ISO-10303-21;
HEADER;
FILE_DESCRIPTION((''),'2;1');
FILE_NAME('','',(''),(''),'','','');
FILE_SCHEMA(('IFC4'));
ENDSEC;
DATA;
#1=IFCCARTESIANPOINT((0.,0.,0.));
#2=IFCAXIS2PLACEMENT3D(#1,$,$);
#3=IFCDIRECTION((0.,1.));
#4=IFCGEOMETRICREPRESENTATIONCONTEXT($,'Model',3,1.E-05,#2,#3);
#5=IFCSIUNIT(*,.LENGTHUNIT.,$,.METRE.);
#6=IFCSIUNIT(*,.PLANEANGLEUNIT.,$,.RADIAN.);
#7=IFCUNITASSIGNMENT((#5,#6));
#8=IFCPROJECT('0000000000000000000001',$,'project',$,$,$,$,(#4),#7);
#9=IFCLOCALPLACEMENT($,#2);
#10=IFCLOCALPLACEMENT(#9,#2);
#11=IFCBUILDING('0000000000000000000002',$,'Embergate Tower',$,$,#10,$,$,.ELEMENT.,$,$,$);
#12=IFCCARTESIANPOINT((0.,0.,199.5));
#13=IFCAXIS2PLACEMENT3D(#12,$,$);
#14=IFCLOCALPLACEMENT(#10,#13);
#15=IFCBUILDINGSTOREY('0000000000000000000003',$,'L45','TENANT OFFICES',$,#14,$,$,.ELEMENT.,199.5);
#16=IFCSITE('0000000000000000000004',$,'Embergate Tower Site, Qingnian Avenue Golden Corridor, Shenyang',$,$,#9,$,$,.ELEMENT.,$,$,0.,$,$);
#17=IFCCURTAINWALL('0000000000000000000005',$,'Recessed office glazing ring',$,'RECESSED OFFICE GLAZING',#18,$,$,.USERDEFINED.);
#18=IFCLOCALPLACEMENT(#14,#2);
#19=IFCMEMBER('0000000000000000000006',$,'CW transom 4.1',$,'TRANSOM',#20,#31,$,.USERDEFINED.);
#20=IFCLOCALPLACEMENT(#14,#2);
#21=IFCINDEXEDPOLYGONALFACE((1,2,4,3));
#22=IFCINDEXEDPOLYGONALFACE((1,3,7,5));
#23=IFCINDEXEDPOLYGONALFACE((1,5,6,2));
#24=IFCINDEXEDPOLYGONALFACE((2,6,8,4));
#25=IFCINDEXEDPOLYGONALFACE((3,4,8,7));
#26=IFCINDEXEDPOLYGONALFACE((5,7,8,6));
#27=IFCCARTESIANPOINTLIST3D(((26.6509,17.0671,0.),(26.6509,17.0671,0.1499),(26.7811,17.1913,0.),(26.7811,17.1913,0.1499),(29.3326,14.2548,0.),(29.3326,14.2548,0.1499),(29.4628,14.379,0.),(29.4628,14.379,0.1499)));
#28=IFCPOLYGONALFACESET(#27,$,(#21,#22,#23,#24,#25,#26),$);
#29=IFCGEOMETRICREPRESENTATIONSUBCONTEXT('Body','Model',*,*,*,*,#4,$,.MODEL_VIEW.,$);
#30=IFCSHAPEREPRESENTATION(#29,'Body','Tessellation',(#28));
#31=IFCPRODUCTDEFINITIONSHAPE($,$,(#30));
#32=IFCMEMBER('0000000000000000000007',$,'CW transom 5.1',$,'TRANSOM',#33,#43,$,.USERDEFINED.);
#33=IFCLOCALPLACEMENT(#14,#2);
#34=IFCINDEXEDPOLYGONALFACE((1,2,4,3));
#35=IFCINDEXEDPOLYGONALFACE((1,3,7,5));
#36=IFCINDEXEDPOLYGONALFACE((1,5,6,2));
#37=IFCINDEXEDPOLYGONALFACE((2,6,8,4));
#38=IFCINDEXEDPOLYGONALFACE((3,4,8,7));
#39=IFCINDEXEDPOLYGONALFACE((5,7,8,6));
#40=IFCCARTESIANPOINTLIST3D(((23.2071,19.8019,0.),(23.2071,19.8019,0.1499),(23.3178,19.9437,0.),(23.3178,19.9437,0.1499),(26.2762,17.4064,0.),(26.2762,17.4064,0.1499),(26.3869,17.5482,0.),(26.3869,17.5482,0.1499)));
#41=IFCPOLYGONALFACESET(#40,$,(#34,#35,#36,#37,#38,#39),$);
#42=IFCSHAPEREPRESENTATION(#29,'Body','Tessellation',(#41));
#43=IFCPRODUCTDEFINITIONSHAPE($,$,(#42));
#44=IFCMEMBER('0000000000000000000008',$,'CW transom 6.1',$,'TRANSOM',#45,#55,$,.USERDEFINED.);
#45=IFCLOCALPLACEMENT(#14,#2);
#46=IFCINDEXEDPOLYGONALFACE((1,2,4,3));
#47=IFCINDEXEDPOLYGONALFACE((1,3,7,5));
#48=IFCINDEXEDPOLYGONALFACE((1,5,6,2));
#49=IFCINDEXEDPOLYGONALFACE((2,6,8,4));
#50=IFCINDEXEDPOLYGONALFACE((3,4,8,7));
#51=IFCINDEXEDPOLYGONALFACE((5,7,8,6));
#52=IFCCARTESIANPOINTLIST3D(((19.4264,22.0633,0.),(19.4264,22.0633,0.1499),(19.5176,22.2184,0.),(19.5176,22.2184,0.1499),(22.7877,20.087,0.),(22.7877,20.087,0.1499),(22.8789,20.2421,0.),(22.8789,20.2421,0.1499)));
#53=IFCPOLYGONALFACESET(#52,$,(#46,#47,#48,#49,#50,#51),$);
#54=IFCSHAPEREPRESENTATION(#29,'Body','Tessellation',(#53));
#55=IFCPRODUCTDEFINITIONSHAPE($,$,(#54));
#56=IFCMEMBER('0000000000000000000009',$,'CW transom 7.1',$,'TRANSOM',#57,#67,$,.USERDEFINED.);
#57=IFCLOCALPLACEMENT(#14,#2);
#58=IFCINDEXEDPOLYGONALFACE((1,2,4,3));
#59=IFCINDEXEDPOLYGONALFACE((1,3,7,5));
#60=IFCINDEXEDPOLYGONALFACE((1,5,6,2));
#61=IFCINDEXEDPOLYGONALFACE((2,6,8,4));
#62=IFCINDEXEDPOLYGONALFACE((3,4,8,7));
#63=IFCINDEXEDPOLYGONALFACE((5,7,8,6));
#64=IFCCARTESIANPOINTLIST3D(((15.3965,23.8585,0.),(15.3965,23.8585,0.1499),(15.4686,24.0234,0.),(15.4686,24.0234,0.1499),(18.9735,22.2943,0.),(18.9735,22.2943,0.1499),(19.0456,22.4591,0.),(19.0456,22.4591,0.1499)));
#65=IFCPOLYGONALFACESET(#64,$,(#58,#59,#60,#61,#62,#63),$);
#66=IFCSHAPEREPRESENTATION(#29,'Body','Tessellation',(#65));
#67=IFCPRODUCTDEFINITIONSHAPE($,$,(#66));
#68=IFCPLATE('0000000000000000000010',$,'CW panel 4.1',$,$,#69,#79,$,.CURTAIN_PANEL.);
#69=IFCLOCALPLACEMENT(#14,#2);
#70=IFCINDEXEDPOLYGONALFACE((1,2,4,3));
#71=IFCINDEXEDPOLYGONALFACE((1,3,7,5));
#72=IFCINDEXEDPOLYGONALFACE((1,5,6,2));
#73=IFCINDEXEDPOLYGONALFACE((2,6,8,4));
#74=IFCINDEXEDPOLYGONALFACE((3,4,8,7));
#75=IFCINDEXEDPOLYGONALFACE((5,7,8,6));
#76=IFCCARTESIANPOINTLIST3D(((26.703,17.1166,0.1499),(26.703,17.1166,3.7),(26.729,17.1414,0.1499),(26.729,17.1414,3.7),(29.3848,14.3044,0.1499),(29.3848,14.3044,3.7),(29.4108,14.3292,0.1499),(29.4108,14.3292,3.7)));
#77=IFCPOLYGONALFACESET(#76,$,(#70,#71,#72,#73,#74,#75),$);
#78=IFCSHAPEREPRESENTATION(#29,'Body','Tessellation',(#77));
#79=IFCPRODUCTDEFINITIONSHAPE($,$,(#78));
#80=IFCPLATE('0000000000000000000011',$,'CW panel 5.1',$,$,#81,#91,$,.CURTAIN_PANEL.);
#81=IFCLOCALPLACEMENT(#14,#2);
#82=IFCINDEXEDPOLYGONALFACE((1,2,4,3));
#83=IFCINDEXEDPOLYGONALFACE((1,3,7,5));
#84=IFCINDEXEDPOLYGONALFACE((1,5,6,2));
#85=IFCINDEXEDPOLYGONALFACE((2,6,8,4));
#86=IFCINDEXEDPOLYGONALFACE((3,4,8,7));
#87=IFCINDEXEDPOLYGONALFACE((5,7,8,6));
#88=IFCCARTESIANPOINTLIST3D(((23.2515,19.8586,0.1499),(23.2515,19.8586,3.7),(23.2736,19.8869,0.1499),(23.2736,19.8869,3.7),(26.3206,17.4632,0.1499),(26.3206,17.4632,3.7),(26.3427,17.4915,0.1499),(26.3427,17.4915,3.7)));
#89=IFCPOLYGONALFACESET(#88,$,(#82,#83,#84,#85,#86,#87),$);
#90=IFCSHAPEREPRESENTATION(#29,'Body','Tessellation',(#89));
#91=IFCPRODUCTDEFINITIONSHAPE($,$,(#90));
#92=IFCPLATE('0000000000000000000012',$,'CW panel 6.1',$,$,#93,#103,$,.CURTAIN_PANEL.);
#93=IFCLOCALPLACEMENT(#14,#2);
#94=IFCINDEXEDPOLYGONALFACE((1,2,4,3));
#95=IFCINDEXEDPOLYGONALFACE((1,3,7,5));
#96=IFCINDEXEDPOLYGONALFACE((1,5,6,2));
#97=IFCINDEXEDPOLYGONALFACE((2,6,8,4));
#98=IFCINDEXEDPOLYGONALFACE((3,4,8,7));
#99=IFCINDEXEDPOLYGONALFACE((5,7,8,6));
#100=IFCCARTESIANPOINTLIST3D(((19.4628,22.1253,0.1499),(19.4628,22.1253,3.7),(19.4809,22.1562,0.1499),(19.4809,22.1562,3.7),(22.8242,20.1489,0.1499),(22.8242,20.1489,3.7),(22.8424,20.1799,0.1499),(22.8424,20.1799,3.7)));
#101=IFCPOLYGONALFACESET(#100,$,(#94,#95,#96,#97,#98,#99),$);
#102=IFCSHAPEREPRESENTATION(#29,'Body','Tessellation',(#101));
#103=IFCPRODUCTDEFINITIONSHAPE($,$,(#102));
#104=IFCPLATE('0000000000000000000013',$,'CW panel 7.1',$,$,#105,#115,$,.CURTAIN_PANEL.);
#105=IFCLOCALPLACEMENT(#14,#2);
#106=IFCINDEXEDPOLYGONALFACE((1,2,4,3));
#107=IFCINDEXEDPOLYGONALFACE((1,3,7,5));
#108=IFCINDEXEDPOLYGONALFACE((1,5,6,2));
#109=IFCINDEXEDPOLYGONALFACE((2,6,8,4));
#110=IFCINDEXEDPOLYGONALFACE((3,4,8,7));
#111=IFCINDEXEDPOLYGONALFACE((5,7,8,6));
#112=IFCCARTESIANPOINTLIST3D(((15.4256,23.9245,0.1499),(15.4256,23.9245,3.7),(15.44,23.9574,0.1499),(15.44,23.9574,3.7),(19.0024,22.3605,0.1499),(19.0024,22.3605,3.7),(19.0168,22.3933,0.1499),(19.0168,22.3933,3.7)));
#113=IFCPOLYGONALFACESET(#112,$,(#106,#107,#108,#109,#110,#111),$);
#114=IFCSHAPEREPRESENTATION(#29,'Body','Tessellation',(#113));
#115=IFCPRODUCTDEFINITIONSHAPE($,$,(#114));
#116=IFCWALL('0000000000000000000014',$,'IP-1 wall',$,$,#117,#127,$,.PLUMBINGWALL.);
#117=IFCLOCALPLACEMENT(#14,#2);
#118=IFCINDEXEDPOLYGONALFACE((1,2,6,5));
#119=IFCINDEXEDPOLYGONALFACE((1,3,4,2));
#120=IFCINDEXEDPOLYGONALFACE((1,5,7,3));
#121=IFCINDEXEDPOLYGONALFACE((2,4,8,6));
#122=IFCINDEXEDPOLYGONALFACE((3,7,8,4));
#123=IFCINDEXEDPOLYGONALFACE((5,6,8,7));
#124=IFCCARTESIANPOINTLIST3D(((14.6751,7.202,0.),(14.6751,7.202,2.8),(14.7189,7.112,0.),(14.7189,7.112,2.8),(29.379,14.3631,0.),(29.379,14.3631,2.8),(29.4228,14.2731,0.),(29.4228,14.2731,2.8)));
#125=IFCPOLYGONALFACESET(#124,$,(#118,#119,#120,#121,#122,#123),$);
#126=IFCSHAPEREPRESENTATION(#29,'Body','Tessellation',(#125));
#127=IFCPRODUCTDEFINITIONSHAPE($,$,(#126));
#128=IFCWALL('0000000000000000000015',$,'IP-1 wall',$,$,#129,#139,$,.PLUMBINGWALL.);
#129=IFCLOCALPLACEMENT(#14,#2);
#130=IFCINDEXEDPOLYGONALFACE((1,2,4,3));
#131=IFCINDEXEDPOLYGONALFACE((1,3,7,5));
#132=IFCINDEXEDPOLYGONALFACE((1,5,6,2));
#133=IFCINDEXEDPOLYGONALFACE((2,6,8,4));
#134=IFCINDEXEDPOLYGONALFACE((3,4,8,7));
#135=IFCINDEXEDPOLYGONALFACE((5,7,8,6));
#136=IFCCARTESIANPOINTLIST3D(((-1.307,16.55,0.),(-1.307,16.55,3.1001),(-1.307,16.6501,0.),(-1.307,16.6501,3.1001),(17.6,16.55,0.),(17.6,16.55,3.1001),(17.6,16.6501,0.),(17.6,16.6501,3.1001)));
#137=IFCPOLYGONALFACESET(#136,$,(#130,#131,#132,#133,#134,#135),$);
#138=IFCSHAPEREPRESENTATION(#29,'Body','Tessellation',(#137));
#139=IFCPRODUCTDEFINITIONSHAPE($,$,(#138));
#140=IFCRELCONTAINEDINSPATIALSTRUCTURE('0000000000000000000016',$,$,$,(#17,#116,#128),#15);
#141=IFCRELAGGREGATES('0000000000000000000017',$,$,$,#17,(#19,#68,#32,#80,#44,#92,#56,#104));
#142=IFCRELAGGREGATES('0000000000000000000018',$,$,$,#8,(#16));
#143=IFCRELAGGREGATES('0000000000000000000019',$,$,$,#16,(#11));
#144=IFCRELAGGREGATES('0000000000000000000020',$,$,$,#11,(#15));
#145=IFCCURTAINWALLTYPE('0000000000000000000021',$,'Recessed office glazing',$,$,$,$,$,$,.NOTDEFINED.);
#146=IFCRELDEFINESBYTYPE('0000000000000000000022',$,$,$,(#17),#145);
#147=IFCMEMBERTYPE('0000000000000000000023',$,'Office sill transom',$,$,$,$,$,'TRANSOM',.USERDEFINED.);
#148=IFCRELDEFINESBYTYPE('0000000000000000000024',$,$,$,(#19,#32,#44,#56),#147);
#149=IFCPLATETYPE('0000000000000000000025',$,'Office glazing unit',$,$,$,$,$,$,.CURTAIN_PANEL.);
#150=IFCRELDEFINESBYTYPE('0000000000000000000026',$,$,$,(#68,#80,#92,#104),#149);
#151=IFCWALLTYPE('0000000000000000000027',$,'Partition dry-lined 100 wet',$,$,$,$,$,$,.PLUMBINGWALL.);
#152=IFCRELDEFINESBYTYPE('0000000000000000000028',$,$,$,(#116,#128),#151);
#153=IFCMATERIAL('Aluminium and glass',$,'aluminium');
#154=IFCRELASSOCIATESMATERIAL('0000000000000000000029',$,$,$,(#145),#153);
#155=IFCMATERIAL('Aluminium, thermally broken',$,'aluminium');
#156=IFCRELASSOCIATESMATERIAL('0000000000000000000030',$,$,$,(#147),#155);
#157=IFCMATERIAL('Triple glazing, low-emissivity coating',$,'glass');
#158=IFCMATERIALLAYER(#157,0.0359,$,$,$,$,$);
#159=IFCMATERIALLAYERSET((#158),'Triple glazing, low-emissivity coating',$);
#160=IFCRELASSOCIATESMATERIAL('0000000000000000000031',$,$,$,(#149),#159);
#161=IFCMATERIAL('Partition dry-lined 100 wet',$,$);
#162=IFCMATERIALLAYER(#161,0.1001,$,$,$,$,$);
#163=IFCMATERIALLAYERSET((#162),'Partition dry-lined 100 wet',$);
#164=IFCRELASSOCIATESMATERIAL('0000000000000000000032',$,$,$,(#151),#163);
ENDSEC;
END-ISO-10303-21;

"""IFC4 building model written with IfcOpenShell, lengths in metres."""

from ifc_helpers import new_model, si_unit, direction, frame, frame_2d, origin, origin_2d, place, context, subcontext, project, spatial, rectangle, extrude, source, transform, mapped, material, layer, layer_set, material_profile, profile_set, type_object, element, aggregate, save


model = new_model("IFC4")

# Units and contexts
model_context = context("Model", 3, precision=1e-05, world=origin(), true_north=direction((0.0, 1.0)))
body_context = subcontext(model_context, "Body", "Model", "MODEL_VIEW")
ifc_project = project(units=[si_unit("LENGTHUNIT", "METRE"), si_unit("PLANEANGLEUNIT", "RADIAN")], contexts=[model_context])

# Site, building, storey
site_placement = place(None, origin())
site = spatial("IfcSite", under=ifc_project, at=site_placement, Name="Embergate Tower Site, Qingnian Avenue Golden Corridor, Shenyang", CompositionType="ELEMENT", RefElevation=0.0)
building_placement = place(site_placement, origin())
building = spatial("IfcBuilding", under=site, at=building_placement, Name="Embergate Tower", CompositionType="ELEMENT")
storey_placement = place(building_placement, frame((0.0, 0.0, 199.5)))
storey = spatial("IfcBuildingStorey", under=building, at=storey_placement, Name="L45", Description="TENANT OFFICES", CompositionType="ELEMENT", Elevation=199.5)

# Curtain wall, members, plates
ifc_material_1 = material(Name="Aluminium and glass", Category="aluminium")
curtain_wall_type = type_object("IfcCurtainWallType", Name="Recessed office glazing", PredefinedType="NOTDEFINED", material=ifc_material_1)
curtain_wall_placement = place(storey_placement, origin())
curtain_wall = element("IfcCurtainWall", 1, at=curtain_wall_placement, inside=storey, type_object=curtain_wall_type, Name="Recessed office glazing ring", ObjectType="RECESSED OFFICE GLAZING", PredefinedType="USERDEFINED")
ifc_material_2 = material(Name="Aluminium, thermally broken", Category="aluminium")
ifc_material_profile_1 = material_profile(ifc_material_2, rectangle(XDim=0.1799, YDim=0.1499, at=origin_2d()), Name="AL 150x180")
ifc_profile_set_1 = profile_set([ifc_material_profile_1], Name="Aluminium, thermally broken")
member_type_1 = type_object("IfcMemberType", Name="Office sill transom", ElementType="TRANSOM", PredefinedType="USERDEFINED", material=ifc_profile_set_1)
shared_shape_1 = source(origin(), body_context, "Body", "SweptSolid", [
    extrude(rectangle(XDim=0.1799, YDim=0.1499, at=origin_2d()), origin(), (0.0, 0.0, 1.0), 3.886),
])
member_1_placement = place(storey_placement, frame((29.3977, 14.3169, 0.075), z_axis=(-0.690101, 0.723713, 0.0), x_axis=(-0.723713, -0.690101, 0.0)))
member_1 = element("IfcMember", 2, at=member_1_placement, type_object=member_type_1, Name="CW transom 4.1", ObjectType="TRANSOM", PredefinedType="USERDEFINED", context=body_context, shape_type="MappedRepresentation", body=[
    mapped(shared_shape_1, transform((0.0, 0.0, 0.0))),
])
shared_shape_2 = source(origin(), body_context, "Body", "SweptSolid", [
    extrude(rectangle(XDim=0.1799, YDim=0.1499, at=origin_2d()), origin(), (0.0, 0.0, 1.0), 3.8933),
])
member_2_placement = place(storey_placement, frame((26.3315, 17.4773, 0.075), z_axis=(-0.788301, 0.61529, 0.0), x_axis=(-0.61529, -0.788301, 0.0)))
member_2 = element("IfcMember", 3, at=member_2_placement, type_object=member_type_1, Name="CW transom 5.1", ObjectType="TRANSOM", PredefinedType="USERDEFINED", context=body_context, shape_type="MappedRepresentation", body=[
    mapped(shared_shape_2, transform((0.0, 0.0, 0.0))),
])
shared_shape_3 = source(origin(), body_context, "Body", "SweptSolid", [
    extrude(rectangle(XDim=0.1799, YDim=0.1499, at=origin_2d()), origin(), (0.0, 0.0, 1.0), 3.8992),
])
member_3_placement = place(storey_placement, frame((22.8333, 20.1646, 0.075), z_axis=(-0.862039, 0.506842, 0.0), x_axis=(-0.506842, -0.862039, 0.0)))
member_3 = element("IfcMember", 4, at=member_3_placement, type_object=member_type_1, Name="CW transom 6.1", ObjectType="TRANSOM", PredefinedType="USERDEFINED", context=body_context, shape_type="MappedRepresentation", body=[
    mapped(shared_shape_3, transform((0.0, 0.0, 0.0))),
])
shared_shape_4 = source(origin(), body_context, "Body", "SweptSolid", [
    extrude(rectangle(XDim=0.1799, YDim=0.1499, at=origin_2d()), origin(), (0.0, 0.0, 1.0), 3.9041),
])
member_4_placement = place(storey_placement, frame((19.0095, 22.3767, 0.075), z_axis=(-0.916222, 0.400671, 0.0), x_axis=(-0.400671, -0.916222, 0.0)))
member_4 = element("IfcMember", 5, at=member_4_placement, type_object=member_type_1, Name="CW transom 7.1", ObjectType="TRANSOM", PredefinedType="USERDEFINED", context=body_context, shape_type="MappedRepresentation", body=[
    mapped(shared_shape_4, transform((0.0, 0.0, 0.0))),
])
ifc_material_3 = material(Name="Triple glazing, low-emissivity coating", Category="glass")
ifc_layer_1 = layer(ifc_material_3, 0.0359)
ifc_layer_set_1 = layer_set([ifc_layer_1], Name="Triple glazing, low-emissivity coating")
plate_type = type_object("IfcPlateType", Name="Office glazing unit", PredefinedType="CURTAIN_PANEL", material=ifc_layer_set_1)
shared_shape_5 = source(origin(), body_context, "Body", "SweptSolid", [
    extrude(rectangle(XDim=3.886, YDim=0.0359, at=origin_2d()), origin(), (0.0, 0.0, 1.0), 3.55),
])
plate_1_placement = place(storey_placement, frame((28.0569, 15.7229, 0.1499), z_axis=(0.0, 0.0, 1.0), x_axis=(-0.690124, 0.723691, 0.0)))
plate_1 = element("IfcPlate", 6, at=plate_1_placement, type_object=plate_type, Name="CW panel 4.1", PredefinedType="CURTAIN_PANEL", context=body_context, shape_type="MappedRepresentation", body=[
    mapped(shared_shape_5, transform((0.0, 0.0, 0.0))),
])
shared_shape_6 = source(origin(), body_context, "Body", "SweptSolid", [
    extrude(rectangle(XDim=3.8933, YDim=0.0359, at=origin_2d()), origin(), (0.0, 0.0, 1.0), 3.55),
])
plate_2_placement = place(storey_placement, frame((24.7971, 18.675, 0.1499), z_axis=(0.0, 0.0, 1.0), x_axis=(-0.788312, 0.615276, 0.0)))
plate_2 = element("IfcPlate", 7, at=plate_2_placement, type_object=plate_type, Name="CW panel 5.1", PredefinedType="CURTAIN_PANEL", context=body_context, shape_type="MappedRepresentation", body=[
    mapped(shared_shape_6, transform((0.0, 0.0, 0.0))),
])
shared_shape_7 = source(origin(), body_context, "Body", "SweptSolid", [
    extrude(rectangle(XDim=3.8994, YDim=0.0359, at=origin_2d()), origin(), (0.0, 0.0, 1.0), 3.55),
])
plate_3_placement = place(storey_placement, frame((21.1526, 21.1526, 0.1499), z_axis=(0.0, 0.0, 1.0), x_axis=(-0.862046, 0.50683, 0.0)))
plate_3 = element("IfcPlate", 8, at=plate_3_placement, type_object=plate_type, Name="CW panel 6.1", PredefinedType="CURTAIN_PANEL", context=body_context, shape_type="MappedRepresentation", body=[
    mapped(shared_shape_7, transform((0.0, 0.0, 0.0))),
])
shared_shape_8 = source(origin(), body_context, "Body", "SweptSolid", [
    extrude(rectangle(XDim=3.9038, YDim=0.0359, at=origin_2d()), origin(), (0.0, 0.0, 1.0), 3.55),
])
plate_4_placement = place(storey_placement, frame((17.2212, 23.1589, 0.1499), z_axis=(0.0, 0.0, 1.0), x_axis=(-0.916231, 0.40065, 0.0)))
plate_4 = element("IfcPlate", 9, at=plate_4_placement, type_object=plate_type, Name="CW panel 7.1", PredefinedType="CURTAIN_PANEL", context=body_context, shape_type="MappedRepresentation", body=[
    mapped(shared_shape_8, transform((0.0, 0.0, 0.0))),
])
aggregate(curtain_wall, [member_1, plate_1, member_2, plate_2, member_3, plate_3, member_4, plate_4])

# Walls
ifc_material_4 = material(Name="Partition dry-lined 100 wet")
ifc_layer_2 = layer(ifc_material_4, 0.1001)
ifc_layer_set_2 = layer_set([ifc_layer_2], Name="Partition dry-lined 100 wet")
wall_type = type_object("IfcWallType", Name="Partition dry-lined 100 wet", PredefinedType="PLUMBINGWALL", material=ifc_layer_set_2)
shared_shape_9 = source(origin(), body_context, "Body", "SweptSolid", [
    extrude(rectangle(XDim=16.355, YDim=0.1001, at=frame_2d((8.1775, 0.0))), origin(), (0.0, 0.0, 1.0), 2.8),
])
wall_1_placement = place(storey_placement, frame((29.4009, 14.3181, 0.0), z_axis=(0.0, 0.0, 1.0), x_axis=(-0.899045, -0.437857, 0.0)))
element("IfcWall", 10, at=wall_1_placement, inside=storey, type_object=wall_type, Name="IP-1 wall", PredefinedType="PLUMBINGWALL", context=body_context, shape_type="MappedRepresentation", body=[
    mapped(shared_shape_9, transform((0.0, 0.0, 0.0))),
])
shared_shape_10 = source(origin(), body_context, "Body", "SweptSolid", [
    extrude(rectangle(XDim=18.907, YDim=0.1001, at=frame_2d((9.4536, 0.0))), origin(), (0.0, 0.0, 1.0), 3.1001),
])
wall_2_placement = place(storey_placement, frame((17.6001, 16.6001, 0.0), z_axis=(0.0, 0.0, 1.0), x_axis=(-1.0, 0.0, 0.0)))
element("IfcWall", 11, at=wall_2_placement, inside=storey, type_object=wall_type, Name="IP-1 wall", PredefinedType="PLUMBINGWALL", context=body_context, shape_type="MappedRepresentation", body=[
    mapped(shared_shape_10, transform((0.0, 0.0, 0.0))),
])

save(model, "model.ifc")
